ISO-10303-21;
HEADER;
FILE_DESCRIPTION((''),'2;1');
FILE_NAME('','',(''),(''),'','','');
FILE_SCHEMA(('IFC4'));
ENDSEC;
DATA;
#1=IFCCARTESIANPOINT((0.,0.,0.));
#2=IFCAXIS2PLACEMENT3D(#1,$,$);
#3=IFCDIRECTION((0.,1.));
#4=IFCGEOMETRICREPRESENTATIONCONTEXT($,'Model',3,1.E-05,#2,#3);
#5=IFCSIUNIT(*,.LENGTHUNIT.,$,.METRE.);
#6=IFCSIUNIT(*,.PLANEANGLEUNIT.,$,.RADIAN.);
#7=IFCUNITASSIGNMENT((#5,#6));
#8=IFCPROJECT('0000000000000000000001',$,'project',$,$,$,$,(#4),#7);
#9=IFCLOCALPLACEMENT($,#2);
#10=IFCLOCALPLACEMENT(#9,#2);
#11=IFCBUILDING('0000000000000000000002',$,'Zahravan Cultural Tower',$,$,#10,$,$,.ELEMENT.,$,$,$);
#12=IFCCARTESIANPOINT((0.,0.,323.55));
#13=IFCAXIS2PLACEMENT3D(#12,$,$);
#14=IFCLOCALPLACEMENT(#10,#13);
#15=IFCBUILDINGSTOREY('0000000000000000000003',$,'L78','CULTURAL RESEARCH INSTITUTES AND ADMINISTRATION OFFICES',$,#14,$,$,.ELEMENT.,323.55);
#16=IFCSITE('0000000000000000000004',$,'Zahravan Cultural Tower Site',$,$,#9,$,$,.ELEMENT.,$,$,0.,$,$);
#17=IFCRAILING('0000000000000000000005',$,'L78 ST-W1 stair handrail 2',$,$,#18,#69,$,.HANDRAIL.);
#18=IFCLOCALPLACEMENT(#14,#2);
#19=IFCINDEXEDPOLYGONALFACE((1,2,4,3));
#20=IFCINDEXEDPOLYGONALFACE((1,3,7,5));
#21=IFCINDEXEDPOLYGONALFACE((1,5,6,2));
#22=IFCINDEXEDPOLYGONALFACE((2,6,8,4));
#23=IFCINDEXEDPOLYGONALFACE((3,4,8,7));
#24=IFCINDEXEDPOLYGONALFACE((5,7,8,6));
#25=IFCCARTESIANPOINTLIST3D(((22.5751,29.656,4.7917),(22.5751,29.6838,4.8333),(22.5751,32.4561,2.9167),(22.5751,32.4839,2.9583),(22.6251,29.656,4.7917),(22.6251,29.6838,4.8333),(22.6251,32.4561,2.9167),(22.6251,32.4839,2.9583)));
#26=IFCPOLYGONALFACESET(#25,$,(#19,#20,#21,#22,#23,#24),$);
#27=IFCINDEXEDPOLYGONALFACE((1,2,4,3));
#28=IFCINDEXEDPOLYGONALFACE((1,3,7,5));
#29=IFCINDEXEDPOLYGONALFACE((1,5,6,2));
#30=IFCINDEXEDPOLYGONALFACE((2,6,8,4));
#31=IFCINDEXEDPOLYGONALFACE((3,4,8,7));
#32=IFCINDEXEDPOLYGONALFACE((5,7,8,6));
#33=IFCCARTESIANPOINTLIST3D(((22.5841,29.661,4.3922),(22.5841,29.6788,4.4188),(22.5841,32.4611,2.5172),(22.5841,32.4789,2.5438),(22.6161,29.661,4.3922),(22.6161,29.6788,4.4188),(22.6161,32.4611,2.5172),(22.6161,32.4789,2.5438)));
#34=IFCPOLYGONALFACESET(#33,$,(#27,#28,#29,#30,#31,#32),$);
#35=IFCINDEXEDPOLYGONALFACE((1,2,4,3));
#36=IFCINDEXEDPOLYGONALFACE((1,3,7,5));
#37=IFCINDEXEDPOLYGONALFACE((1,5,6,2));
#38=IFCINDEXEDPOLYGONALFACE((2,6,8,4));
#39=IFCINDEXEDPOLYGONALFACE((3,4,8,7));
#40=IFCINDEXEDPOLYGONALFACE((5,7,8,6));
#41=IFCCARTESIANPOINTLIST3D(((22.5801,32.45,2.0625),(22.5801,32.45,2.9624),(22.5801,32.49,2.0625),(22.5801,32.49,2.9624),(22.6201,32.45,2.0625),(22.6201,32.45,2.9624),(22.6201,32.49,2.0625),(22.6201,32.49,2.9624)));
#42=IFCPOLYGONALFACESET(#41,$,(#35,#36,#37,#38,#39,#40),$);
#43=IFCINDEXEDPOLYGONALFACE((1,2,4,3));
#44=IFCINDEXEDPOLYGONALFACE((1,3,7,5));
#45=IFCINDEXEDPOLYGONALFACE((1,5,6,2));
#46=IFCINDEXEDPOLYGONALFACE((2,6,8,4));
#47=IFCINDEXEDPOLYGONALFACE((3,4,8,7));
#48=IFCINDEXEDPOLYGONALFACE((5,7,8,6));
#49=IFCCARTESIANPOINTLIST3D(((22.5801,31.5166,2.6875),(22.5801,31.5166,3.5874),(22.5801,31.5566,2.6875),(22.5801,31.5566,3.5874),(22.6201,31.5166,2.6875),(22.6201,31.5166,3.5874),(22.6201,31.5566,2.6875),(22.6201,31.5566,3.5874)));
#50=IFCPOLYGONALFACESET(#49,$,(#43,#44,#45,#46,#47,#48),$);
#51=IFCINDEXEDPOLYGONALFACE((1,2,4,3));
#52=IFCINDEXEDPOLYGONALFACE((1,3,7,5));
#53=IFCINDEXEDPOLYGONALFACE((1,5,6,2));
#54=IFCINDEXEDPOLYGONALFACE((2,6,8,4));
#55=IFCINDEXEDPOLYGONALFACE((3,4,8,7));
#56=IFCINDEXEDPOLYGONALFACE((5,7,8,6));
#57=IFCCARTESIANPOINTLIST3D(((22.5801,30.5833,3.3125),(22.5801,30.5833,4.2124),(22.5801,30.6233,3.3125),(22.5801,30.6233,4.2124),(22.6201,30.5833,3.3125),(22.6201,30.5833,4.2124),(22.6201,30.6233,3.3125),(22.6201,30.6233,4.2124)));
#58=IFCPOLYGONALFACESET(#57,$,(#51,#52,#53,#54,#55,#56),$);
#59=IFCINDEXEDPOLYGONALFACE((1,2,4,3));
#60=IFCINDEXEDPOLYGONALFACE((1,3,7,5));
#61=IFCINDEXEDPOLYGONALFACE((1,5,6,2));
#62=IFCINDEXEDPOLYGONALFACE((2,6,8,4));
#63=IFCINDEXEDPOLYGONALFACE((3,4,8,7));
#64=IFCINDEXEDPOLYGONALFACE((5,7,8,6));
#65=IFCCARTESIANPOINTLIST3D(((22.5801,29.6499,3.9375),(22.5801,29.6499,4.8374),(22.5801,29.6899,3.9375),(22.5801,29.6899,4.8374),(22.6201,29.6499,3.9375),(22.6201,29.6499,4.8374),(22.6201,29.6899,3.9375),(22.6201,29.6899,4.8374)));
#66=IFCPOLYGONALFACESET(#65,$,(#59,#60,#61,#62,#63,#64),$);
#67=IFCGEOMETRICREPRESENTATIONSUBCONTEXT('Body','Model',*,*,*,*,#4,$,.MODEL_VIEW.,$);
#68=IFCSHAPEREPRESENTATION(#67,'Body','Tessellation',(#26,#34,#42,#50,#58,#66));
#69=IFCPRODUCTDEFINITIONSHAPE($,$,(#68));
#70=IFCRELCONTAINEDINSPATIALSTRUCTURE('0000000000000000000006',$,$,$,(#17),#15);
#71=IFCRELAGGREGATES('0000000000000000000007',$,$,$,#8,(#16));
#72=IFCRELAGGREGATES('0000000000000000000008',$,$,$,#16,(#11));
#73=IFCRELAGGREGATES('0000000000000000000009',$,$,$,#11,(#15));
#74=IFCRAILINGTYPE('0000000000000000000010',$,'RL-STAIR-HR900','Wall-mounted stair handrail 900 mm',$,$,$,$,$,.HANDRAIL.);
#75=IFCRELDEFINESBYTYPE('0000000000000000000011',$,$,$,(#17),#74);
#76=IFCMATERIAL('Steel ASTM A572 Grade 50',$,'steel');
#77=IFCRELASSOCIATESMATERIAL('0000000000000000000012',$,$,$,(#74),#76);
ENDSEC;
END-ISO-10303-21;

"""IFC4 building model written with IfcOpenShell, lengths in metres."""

from ifc_helpers import new_model, si_unit, direction, frame, origin, origin_2d, place, context, subcontext, project, spatial, rectangle, extrude, material, type_object, element, save


model = new_model("IFC4")

# Units and contexts
model_context = context("Model", 3, precision=1e-05, world=origin(), true_north=direction((0.0, 1.0)))
body_context = subcontext(model_context, "Body", "Model", "MODEL_VIEW")
ifc_project = project(units=[si_unit("LENGTHUNIT", "METRE"), si_unit("PLANEANGLEUNIT", "RADIAN")], contexts=[model_context])

# Site, building, storey
site_placement = place(None, origin())
site = spatial("IfcSite", under=ifc_project, at=site_placement, Name="Zahravan Cultural Tower Site", CompositionType="ELEMENT", RefElevation=0.0)
building_placement = place(site_placement, origin())
building = spatial("IfcBuilding", under=site, at=building_placement, Name="Zahravan Cultural Tower", CompositionType="ELEMENT")
storey_placement = place(building_placement, frame((0.0, 0.0, 323.55)))
storey = spatial("IfcBuildingStorey", under=building, at=storey_placement, Name="L78", Description="CULTURAL RESEARCH INSTITUTES AND ADMINISTRATION OFFICES", CompositionType="ELEMENT", Elevation=323.55)

# Railing
ifc_material_1 = material(Name="Steel ASTM A572 Grade 50", Category="steel")
railing_type = type_object("IfcRailingType", Name="RL-STAIR-HR900", Description="Wall-mounted stair handrail 900 mm", PredefinedType="HANDRAIL", material=ifc_material_1)
railing_placement = place(storey_placement, frame((22.6001, 32.47, 2.0625)))
element("IfcRailing", 1, at=railing_placement, inside=storey, type_object=railing_type, Name="L78 ST-W1 stair handrail 2", PredefinedType="HANDRAIL", context=body_context, shape_type="SweptSolid", body=[
    extrude(rectangle(XDim=0.05, YDim=0.05, at=origin_2d()), frame((0.0, 0.0, 0.875), z_axis=(0.0, -0.830912, 0.556404), x_axis=(1.0, 0.0, 0.0)), (0.0, 0.0, 1.0), 3.3699),
    extrude(rectangle(XDim=0.032, YDim=0.032, at=origin_2d()), frame((0.0, 0.0, 0.468), z_axis=(0.0, -0.830912, 0.556404), x_axis=(1.0, 0.0, 0.0)), (0.0, 0.0, 1.0), 3.3699),
    extrude(rectangle(XDim=0.04, YDim=0.04, at=origin_2d()), origin(), (0.0, 0.0, 1.0), 0.8999),
    extrude(rectangle(XDim=0.04, YDim=0.04, at=origin_2d()), frame((0.0, -0.9333, 0.625)), (0.0, 0.0, 1.0), 0.8999),
    extrude(rectangle(XDim=0.04, YDim=0.04, at=origin_2d()), frame((0.0, -1.8667, 1.25)), (0.0, 0.0, 1.0), 0.8999),
    extrude(rectangle(XDim=0.04, YDim=0.04, at=origin_2d()), frame((0.0, -2.8, 1.875)), (0.0, 0.0, 1.0), 0.8999),
])

save(model, "model.ifc")
